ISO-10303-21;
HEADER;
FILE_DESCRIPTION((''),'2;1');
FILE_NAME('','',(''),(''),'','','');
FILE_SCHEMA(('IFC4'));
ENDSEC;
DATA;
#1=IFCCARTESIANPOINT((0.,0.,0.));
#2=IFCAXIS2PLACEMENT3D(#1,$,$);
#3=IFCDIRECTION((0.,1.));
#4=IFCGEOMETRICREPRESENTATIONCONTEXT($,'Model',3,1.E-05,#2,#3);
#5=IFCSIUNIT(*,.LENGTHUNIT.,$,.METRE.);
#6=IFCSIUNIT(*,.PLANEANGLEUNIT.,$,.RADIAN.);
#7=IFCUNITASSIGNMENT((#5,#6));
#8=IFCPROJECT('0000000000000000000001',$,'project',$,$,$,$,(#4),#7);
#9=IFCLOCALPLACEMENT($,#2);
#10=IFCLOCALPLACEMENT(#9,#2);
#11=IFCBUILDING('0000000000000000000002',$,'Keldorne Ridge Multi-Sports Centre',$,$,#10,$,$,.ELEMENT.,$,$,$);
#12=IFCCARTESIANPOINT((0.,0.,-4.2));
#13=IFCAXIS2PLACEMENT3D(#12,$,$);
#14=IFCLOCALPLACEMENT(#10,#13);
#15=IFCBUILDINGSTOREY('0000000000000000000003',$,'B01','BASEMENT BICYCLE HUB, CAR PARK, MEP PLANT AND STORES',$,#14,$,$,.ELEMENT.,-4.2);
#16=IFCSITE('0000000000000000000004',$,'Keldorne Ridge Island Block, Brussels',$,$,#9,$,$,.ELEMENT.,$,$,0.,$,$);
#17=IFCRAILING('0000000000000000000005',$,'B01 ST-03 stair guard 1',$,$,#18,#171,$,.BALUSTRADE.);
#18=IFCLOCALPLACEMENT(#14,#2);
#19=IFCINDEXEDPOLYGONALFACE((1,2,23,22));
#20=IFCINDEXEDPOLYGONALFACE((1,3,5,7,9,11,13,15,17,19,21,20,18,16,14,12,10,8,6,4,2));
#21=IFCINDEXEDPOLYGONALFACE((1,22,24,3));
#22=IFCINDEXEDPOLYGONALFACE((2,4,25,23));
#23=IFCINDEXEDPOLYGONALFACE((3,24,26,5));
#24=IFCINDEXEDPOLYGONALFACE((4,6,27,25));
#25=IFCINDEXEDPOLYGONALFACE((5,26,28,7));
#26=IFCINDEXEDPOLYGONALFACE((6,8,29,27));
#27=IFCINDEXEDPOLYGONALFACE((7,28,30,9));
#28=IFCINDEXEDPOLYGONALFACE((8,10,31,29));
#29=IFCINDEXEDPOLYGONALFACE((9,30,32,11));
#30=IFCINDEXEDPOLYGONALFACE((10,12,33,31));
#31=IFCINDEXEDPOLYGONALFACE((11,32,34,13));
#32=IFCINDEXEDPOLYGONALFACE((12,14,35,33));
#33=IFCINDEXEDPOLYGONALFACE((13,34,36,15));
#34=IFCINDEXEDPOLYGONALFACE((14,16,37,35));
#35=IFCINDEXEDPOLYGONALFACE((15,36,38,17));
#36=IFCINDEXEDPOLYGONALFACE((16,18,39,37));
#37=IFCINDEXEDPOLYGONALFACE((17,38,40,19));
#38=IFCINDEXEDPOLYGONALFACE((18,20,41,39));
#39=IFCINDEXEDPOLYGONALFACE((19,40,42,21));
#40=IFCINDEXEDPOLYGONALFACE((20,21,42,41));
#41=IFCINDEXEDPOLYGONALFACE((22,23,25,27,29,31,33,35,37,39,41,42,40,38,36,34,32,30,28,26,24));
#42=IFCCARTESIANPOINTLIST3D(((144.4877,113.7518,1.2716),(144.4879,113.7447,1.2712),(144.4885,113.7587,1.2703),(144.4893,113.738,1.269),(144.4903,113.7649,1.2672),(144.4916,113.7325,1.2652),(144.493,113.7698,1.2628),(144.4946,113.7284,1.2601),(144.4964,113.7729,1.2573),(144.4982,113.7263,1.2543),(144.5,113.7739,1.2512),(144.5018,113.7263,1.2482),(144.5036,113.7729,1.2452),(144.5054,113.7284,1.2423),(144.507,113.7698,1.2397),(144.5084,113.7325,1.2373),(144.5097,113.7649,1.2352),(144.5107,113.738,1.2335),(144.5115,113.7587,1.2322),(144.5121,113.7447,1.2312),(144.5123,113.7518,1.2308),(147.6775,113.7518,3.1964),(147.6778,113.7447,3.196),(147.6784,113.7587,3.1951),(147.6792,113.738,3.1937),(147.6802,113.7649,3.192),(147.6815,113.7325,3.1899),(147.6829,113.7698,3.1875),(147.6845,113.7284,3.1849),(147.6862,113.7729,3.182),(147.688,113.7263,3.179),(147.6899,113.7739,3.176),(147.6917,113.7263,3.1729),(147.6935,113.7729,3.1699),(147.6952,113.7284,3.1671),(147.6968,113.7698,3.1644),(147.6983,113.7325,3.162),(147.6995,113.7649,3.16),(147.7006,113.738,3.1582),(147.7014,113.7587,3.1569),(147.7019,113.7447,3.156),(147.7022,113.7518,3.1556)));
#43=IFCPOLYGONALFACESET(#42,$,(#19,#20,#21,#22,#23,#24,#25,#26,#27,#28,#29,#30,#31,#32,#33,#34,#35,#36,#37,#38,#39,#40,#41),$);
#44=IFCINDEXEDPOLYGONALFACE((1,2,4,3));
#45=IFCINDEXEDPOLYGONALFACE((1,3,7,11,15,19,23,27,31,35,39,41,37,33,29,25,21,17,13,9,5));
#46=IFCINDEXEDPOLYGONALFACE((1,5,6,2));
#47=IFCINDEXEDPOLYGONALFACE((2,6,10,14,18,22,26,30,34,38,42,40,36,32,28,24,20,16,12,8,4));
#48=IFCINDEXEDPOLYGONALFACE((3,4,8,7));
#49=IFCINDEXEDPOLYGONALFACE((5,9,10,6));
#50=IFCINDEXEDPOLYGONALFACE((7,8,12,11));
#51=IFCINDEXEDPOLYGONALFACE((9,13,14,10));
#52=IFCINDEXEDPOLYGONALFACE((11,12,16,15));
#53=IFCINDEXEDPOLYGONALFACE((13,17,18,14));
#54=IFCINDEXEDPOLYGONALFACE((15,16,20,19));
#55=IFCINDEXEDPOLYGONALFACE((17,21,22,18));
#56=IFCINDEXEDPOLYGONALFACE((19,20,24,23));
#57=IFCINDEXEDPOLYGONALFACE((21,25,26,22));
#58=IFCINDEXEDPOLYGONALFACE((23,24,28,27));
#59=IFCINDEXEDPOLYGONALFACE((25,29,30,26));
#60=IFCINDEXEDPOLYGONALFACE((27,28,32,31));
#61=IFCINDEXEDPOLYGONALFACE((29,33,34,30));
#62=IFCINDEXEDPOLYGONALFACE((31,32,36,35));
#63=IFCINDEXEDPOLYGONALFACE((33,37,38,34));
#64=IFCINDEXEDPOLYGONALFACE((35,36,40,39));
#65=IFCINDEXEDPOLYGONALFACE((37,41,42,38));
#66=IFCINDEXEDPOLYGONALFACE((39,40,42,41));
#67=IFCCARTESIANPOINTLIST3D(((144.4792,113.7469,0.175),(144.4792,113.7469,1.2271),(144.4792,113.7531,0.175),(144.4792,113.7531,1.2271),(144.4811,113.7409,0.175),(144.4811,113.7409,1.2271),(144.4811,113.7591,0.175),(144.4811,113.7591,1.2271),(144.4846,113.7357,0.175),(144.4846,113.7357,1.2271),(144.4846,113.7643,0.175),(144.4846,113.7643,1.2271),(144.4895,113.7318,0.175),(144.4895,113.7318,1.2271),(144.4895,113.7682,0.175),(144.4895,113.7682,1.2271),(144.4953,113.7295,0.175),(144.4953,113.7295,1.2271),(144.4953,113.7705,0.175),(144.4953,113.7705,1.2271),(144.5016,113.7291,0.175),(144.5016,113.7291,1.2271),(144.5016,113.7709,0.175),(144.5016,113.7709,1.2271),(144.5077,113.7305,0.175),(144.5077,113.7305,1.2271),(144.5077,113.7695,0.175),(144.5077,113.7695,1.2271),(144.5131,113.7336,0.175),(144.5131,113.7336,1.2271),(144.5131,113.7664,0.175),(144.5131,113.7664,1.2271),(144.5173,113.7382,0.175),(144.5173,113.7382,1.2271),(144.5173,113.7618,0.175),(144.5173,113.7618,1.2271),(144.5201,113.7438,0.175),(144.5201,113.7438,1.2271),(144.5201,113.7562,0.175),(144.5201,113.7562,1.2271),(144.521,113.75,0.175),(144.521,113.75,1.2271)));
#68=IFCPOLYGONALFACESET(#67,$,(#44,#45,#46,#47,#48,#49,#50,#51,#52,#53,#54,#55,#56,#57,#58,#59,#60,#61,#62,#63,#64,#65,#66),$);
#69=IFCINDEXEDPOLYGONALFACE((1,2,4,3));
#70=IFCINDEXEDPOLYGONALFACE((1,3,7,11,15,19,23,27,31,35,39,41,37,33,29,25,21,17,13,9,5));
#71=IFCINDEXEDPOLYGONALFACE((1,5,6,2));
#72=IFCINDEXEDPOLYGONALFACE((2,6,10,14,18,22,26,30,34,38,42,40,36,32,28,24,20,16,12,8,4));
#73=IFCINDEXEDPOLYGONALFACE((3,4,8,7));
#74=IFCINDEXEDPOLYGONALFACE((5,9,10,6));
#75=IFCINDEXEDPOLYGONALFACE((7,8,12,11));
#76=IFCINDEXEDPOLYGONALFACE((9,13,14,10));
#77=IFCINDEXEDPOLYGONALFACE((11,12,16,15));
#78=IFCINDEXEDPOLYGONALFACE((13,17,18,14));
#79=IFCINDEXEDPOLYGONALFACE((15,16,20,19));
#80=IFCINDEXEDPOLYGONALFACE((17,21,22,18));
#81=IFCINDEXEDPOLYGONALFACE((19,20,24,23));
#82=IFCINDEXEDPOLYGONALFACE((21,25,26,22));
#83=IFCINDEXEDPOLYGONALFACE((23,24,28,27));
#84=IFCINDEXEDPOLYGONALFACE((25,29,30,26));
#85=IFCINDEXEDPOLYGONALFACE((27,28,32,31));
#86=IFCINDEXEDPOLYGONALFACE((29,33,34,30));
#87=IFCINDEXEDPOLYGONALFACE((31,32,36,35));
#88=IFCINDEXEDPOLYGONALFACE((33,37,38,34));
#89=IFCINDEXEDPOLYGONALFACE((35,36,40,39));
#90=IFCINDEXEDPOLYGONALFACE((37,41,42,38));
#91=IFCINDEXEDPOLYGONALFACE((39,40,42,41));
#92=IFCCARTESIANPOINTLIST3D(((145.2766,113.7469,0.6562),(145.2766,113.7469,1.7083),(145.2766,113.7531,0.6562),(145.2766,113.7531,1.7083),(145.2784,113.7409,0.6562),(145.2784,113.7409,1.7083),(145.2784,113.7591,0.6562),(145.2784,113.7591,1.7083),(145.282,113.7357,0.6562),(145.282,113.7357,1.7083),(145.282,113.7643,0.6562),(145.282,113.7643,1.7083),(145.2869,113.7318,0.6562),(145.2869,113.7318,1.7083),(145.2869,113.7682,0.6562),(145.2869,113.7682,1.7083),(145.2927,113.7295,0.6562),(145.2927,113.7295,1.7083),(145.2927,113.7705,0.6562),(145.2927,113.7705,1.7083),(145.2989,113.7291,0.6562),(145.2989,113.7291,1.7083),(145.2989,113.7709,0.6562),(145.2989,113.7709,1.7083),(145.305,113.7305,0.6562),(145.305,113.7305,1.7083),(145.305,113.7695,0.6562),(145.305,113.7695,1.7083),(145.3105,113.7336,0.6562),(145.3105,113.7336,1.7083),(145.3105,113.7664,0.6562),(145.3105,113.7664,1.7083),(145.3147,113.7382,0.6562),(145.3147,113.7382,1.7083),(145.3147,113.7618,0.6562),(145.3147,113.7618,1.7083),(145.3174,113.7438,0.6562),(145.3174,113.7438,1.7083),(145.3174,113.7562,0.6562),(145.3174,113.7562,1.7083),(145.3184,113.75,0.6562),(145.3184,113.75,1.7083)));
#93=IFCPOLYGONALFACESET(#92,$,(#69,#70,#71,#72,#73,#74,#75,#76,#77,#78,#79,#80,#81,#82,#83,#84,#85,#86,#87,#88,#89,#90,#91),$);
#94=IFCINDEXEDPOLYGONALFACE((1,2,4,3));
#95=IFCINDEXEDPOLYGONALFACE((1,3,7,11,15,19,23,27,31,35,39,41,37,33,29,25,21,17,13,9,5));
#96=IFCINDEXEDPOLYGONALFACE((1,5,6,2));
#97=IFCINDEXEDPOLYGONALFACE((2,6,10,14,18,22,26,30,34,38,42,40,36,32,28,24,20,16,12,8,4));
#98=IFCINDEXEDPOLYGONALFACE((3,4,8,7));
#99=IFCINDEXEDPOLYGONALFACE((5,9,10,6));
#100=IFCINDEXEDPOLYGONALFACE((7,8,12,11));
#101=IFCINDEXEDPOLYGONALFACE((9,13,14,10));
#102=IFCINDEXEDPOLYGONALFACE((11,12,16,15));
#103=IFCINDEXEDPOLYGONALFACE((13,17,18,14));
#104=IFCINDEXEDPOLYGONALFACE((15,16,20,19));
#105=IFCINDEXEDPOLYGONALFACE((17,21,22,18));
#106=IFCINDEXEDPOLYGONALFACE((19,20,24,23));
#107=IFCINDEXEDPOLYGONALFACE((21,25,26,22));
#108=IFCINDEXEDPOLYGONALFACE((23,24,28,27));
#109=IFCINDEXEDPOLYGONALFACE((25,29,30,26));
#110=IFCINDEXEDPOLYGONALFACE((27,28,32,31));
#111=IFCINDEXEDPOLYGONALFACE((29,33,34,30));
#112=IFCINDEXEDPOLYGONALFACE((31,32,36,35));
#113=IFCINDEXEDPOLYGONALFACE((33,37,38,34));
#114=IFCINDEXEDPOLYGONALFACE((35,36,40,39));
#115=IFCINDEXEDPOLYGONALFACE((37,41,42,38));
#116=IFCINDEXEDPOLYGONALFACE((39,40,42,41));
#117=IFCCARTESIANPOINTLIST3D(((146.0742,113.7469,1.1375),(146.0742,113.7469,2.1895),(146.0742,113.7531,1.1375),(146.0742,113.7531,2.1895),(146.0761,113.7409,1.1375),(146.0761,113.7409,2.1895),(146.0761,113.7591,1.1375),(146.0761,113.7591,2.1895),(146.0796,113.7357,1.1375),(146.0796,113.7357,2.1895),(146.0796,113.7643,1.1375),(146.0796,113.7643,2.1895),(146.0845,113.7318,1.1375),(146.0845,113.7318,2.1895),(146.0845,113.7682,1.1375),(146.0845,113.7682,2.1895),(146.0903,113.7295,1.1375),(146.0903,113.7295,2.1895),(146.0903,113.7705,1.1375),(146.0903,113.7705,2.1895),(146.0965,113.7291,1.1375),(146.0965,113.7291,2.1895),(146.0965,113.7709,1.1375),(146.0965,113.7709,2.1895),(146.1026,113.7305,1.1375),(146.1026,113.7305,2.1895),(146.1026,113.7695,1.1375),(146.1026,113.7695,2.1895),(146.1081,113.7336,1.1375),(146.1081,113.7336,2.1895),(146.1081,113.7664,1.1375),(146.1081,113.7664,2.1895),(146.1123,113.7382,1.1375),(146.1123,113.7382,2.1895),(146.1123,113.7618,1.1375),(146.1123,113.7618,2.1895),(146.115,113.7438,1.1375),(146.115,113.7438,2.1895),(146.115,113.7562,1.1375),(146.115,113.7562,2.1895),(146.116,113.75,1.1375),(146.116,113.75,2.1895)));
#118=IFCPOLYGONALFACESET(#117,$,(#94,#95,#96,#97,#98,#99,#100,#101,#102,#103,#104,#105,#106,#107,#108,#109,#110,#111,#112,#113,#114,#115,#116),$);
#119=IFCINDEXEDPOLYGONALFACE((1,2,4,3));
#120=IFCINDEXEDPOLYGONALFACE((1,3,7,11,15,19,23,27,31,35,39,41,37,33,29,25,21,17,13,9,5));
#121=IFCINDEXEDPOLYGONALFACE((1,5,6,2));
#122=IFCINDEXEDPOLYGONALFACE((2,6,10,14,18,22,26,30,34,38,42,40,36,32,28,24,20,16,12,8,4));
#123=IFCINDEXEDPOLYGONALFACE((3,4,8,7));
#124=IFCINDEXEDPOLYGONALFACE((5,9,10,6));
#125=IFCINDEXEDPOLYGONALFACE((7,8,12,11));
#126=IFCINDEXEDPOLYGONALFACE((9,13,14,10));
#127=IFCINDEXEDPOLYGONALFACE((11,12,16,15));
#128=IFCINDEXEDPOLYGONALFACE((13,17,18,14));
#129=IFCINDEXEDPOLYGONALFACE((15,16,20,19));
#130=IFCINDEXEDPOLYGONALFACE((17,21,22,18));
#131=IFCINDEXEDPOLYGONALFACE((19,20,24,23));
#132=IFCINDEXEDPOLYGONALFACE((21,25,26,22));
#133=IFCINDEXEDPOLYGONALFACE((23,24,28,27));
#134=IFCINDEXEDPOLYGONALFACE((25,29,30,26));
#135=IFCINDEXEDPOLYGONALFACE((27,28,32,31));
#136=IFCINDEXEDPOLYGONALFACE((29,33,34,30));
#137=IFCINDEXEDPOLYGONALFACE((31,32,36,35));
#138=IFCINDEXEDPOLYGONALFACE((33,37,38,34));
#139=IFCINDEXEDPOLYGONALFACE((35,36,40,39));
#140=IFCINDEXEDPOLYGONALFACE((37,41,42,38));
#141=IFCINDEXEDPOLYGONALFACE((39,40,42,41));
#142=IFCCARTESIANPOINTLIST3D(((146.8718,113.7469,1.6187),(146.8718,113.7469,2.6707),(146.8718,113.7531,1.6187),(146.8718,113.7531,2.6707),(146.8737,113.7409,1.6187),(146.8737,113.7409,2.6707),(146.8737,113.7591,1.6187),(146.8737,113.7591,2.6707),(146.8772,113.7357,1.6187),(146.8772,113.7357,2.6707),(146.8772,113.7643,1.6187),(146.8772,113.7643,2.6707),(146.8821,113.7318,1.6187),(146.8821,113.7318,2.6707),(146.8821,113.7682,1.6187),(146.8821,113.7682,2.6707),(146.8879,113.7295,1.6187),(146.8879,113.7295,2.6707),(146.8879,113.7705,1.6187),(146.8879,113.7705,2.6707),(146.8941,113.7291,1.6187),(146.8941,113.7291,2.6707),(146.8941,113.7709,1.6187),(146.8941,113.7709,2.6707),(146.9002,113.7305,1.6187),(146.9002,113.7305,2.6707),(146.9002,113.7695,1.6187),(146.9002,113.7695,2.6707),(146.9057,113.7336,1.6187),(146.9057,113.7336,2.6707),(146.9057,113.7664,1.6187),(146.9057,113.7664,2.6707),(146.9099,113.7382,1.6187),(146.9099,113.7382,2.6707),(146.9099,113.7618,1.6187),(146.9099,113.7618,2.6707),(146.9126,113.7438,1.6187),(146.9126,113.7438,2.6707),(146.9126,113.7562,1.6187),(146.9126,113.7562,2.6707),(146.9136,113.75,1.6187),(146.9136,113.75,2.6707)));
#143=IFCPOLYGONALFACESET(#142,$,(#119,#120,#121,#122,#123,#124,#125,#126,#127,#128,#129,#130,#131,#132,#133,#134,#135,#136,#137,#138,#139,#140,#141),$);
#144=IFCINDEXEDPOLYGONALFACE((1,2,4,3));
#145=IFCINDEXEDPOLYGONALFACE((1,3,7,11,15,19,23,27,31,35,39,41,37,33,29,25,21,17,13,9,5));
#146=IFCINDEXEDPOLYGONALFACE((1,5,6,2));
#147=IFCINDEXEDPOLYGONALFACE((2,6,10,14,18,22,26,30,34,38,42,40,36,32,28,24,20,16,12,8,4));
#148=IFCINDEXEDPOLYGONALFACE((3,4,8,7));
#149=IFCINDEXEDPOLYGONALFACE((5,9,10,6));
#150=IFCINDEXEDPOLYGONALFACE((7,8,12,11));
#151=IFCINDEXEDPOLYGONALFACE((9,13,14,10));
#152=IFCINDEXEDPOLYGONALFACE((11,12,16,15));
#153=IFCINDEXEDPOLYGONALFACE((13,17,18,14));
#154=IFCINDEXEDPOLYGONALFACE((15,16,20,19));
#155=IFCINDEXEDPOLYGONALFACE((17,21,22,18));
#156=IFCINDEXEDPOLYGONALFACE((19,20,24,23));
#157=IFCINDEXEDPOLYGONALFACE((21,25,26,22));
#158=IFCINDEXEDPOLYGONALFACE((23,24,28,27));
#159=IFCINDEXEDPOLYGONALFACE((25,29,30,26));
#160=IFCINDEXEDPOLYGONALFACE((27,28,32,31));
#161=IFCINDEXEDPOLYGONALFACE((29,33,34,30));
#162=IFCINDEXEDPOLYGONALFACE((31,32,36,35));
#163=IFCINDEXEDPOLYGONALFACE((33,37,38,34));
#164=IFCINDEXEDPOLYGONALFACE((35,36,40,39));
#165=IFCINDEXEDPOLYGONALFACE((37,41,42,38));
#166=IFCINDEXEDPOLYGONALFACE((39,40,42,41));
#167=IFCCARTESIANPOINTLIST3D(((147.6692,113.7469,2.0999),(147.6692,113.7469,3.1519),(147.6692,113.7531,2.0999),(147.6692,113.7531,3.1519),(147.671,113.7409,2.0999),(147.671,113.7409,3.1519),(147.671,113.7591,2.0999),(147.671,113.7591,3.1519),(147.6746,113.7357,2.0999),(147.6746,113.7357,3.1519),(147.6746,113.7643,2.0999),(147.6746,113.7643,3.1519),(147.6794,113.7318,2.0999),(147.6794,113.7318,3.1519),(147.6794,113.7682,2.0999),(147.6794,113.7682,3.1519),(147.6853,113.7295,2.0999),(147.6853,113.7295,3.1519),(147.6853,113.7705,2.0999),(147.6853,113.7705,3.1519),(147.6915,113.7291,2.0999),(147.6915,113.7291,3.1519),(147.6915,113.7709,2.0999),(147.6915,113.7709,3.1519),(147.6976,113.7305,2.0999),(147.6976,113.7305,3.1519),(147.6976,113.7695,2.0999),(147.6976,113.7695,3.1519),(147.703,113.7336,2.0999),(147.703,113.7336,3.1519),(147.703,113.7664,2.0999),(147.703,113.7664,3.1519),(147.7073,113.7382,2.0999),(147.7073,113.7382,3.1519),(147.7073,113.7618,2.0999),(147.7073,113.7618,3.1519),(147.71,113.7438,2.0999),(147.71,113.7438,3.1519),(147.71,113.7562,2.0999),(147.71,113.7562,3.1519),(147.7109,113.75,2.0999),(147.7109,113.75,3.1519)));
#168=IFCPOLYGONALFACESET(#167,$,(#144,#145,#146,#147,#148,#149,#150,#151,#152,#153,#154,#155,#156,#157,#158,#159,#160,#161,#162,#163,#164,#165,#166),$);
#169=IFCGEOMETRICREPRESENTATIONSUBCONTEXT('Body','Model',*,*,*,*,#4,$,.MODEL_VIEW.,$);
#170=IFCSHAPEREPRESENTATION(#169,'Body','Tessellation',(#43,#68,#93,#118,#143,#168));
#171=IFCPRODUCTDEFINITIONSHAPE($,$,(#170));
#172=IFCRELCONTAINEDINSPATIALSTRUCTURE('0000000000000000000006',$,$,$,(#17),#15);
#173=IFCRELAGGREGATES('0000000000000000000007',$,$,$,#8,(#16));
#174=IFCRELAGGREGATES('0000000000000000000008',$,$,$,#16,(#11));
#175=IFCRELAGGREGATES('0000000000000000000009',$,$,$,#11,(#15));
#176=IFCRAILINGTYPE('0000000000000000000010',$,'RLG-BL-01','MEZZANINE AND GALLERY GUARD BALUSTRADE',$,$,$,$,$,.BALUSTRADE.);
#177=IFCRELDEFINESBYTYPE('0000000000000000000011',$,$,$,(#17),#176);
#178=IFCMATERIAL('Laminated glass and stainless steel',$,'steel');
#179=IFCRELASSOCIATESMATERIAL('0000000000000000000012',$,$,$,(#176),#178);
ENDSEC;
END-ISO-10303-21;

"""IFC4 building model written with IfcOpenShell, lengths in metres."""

from ifc_helpers import new_model, si_unit, direction, frame, origin, origin_2d, place, context, subcontext, project, spatial, circle, extrude, material, type_object, element, save


model = new_model("IFC4")

# Units and contexts
model_context = context("Model", 3, precision=1e-05, world=origin(), true_north=direction((0.0, 1.0)))
body_context = subcontext(model_context, "Body", "Model", "MODEL_VIEW")
ifc_project = project(units=[si_unit("LENGTHUNIT", "METRE"), si_unit("PLANEANGLEUNIT", "RADIAN")], contexts=[model_context])

# Site, building, storey
site_placement = place(None, origin())
site = spatial("IfcSite", under=ifc_project, at=site_placement, Name="Keldorne Ridge Island Block, Brussels", CompositionType="ELEMENT", RefElevation=0.0)
building_placement = place(site_placement, origin())
building = spatial("IfcBuilding", under=site, at=building_placement, Name="Keldorne Ridge Multi-Sports Centre", CompositionType="ELEMENT")
storey_placement = place(building_placement, frame((0.0, 0.0, -4.2)))
storey = spatial("IfcBuildingStorey", under=building, at=storey_placement, Name="B01", Description="BASEMENT BICYCLE HUB, CAR PARK, MEP PLANT AND STORES", CompositionType="ELEMENT", Elevation=-4.2)

# Railing
ifc_material_1 = material(Name="Laminated glass and stainless steel", Category="steel")
railing_type_1 = type_object("IfcRailingType", Name="RLG-BL-01", Description="MEZZANINE AND GALLERY GUARD BALUSTRADE", PredefinedType="BALUSTRADE", material=ifc_material_1)
railing_1_placement = place(storey_placement, frame((144.5, 113.75, 0.175)))
element("IfcRailing", 1, at=railing_1_placement, inside=storey, type_object=railing_type_1, Name="B01 ST-03 stair guard 1", PredefinedType="BALUSTRADE", context=body_context, shape_type="SweptSolid", body=[
    extrude(circle(Radius=0.0239, at=origin_2d()), frame((0.0, 0.0, 1.0762), z_axis=(0.856207, 0.0, 0.516633), x_axis=(0.0, 1.0, 0.0)), (0.0, 0.0, 1.0), 3.7256),
    extrude(circle(Radius=0.021, at=origin_2d()), origin(), (0.0, 0.0, 1.0), 1.052),
    extrude(circle(Radius=0.021, at=origin_2d()), frame((0.7974, 0.0, 0.4812)), (0.0, 0.0, 1.0), 1.052),
    extrude(circle(Radius=0.021, at=origin_2d()), frame((1.595, 0.0, 0.9624)), (0.0, 0.0, 1.0), 1.052),
    extrude(circle(Radius=0.021, at=origin_2d()), frame((2.3926, 0.0, 1.4436)), (0.0, 0.0, 1.0), 1.052),
    extrude(circle(Radius=0.021, at=origin_2d()), frame((3.1899, 0.0, 1.9248)), (0.0, 0.0, 1.0), 1.052),
])

save(model, "model.ifc")
